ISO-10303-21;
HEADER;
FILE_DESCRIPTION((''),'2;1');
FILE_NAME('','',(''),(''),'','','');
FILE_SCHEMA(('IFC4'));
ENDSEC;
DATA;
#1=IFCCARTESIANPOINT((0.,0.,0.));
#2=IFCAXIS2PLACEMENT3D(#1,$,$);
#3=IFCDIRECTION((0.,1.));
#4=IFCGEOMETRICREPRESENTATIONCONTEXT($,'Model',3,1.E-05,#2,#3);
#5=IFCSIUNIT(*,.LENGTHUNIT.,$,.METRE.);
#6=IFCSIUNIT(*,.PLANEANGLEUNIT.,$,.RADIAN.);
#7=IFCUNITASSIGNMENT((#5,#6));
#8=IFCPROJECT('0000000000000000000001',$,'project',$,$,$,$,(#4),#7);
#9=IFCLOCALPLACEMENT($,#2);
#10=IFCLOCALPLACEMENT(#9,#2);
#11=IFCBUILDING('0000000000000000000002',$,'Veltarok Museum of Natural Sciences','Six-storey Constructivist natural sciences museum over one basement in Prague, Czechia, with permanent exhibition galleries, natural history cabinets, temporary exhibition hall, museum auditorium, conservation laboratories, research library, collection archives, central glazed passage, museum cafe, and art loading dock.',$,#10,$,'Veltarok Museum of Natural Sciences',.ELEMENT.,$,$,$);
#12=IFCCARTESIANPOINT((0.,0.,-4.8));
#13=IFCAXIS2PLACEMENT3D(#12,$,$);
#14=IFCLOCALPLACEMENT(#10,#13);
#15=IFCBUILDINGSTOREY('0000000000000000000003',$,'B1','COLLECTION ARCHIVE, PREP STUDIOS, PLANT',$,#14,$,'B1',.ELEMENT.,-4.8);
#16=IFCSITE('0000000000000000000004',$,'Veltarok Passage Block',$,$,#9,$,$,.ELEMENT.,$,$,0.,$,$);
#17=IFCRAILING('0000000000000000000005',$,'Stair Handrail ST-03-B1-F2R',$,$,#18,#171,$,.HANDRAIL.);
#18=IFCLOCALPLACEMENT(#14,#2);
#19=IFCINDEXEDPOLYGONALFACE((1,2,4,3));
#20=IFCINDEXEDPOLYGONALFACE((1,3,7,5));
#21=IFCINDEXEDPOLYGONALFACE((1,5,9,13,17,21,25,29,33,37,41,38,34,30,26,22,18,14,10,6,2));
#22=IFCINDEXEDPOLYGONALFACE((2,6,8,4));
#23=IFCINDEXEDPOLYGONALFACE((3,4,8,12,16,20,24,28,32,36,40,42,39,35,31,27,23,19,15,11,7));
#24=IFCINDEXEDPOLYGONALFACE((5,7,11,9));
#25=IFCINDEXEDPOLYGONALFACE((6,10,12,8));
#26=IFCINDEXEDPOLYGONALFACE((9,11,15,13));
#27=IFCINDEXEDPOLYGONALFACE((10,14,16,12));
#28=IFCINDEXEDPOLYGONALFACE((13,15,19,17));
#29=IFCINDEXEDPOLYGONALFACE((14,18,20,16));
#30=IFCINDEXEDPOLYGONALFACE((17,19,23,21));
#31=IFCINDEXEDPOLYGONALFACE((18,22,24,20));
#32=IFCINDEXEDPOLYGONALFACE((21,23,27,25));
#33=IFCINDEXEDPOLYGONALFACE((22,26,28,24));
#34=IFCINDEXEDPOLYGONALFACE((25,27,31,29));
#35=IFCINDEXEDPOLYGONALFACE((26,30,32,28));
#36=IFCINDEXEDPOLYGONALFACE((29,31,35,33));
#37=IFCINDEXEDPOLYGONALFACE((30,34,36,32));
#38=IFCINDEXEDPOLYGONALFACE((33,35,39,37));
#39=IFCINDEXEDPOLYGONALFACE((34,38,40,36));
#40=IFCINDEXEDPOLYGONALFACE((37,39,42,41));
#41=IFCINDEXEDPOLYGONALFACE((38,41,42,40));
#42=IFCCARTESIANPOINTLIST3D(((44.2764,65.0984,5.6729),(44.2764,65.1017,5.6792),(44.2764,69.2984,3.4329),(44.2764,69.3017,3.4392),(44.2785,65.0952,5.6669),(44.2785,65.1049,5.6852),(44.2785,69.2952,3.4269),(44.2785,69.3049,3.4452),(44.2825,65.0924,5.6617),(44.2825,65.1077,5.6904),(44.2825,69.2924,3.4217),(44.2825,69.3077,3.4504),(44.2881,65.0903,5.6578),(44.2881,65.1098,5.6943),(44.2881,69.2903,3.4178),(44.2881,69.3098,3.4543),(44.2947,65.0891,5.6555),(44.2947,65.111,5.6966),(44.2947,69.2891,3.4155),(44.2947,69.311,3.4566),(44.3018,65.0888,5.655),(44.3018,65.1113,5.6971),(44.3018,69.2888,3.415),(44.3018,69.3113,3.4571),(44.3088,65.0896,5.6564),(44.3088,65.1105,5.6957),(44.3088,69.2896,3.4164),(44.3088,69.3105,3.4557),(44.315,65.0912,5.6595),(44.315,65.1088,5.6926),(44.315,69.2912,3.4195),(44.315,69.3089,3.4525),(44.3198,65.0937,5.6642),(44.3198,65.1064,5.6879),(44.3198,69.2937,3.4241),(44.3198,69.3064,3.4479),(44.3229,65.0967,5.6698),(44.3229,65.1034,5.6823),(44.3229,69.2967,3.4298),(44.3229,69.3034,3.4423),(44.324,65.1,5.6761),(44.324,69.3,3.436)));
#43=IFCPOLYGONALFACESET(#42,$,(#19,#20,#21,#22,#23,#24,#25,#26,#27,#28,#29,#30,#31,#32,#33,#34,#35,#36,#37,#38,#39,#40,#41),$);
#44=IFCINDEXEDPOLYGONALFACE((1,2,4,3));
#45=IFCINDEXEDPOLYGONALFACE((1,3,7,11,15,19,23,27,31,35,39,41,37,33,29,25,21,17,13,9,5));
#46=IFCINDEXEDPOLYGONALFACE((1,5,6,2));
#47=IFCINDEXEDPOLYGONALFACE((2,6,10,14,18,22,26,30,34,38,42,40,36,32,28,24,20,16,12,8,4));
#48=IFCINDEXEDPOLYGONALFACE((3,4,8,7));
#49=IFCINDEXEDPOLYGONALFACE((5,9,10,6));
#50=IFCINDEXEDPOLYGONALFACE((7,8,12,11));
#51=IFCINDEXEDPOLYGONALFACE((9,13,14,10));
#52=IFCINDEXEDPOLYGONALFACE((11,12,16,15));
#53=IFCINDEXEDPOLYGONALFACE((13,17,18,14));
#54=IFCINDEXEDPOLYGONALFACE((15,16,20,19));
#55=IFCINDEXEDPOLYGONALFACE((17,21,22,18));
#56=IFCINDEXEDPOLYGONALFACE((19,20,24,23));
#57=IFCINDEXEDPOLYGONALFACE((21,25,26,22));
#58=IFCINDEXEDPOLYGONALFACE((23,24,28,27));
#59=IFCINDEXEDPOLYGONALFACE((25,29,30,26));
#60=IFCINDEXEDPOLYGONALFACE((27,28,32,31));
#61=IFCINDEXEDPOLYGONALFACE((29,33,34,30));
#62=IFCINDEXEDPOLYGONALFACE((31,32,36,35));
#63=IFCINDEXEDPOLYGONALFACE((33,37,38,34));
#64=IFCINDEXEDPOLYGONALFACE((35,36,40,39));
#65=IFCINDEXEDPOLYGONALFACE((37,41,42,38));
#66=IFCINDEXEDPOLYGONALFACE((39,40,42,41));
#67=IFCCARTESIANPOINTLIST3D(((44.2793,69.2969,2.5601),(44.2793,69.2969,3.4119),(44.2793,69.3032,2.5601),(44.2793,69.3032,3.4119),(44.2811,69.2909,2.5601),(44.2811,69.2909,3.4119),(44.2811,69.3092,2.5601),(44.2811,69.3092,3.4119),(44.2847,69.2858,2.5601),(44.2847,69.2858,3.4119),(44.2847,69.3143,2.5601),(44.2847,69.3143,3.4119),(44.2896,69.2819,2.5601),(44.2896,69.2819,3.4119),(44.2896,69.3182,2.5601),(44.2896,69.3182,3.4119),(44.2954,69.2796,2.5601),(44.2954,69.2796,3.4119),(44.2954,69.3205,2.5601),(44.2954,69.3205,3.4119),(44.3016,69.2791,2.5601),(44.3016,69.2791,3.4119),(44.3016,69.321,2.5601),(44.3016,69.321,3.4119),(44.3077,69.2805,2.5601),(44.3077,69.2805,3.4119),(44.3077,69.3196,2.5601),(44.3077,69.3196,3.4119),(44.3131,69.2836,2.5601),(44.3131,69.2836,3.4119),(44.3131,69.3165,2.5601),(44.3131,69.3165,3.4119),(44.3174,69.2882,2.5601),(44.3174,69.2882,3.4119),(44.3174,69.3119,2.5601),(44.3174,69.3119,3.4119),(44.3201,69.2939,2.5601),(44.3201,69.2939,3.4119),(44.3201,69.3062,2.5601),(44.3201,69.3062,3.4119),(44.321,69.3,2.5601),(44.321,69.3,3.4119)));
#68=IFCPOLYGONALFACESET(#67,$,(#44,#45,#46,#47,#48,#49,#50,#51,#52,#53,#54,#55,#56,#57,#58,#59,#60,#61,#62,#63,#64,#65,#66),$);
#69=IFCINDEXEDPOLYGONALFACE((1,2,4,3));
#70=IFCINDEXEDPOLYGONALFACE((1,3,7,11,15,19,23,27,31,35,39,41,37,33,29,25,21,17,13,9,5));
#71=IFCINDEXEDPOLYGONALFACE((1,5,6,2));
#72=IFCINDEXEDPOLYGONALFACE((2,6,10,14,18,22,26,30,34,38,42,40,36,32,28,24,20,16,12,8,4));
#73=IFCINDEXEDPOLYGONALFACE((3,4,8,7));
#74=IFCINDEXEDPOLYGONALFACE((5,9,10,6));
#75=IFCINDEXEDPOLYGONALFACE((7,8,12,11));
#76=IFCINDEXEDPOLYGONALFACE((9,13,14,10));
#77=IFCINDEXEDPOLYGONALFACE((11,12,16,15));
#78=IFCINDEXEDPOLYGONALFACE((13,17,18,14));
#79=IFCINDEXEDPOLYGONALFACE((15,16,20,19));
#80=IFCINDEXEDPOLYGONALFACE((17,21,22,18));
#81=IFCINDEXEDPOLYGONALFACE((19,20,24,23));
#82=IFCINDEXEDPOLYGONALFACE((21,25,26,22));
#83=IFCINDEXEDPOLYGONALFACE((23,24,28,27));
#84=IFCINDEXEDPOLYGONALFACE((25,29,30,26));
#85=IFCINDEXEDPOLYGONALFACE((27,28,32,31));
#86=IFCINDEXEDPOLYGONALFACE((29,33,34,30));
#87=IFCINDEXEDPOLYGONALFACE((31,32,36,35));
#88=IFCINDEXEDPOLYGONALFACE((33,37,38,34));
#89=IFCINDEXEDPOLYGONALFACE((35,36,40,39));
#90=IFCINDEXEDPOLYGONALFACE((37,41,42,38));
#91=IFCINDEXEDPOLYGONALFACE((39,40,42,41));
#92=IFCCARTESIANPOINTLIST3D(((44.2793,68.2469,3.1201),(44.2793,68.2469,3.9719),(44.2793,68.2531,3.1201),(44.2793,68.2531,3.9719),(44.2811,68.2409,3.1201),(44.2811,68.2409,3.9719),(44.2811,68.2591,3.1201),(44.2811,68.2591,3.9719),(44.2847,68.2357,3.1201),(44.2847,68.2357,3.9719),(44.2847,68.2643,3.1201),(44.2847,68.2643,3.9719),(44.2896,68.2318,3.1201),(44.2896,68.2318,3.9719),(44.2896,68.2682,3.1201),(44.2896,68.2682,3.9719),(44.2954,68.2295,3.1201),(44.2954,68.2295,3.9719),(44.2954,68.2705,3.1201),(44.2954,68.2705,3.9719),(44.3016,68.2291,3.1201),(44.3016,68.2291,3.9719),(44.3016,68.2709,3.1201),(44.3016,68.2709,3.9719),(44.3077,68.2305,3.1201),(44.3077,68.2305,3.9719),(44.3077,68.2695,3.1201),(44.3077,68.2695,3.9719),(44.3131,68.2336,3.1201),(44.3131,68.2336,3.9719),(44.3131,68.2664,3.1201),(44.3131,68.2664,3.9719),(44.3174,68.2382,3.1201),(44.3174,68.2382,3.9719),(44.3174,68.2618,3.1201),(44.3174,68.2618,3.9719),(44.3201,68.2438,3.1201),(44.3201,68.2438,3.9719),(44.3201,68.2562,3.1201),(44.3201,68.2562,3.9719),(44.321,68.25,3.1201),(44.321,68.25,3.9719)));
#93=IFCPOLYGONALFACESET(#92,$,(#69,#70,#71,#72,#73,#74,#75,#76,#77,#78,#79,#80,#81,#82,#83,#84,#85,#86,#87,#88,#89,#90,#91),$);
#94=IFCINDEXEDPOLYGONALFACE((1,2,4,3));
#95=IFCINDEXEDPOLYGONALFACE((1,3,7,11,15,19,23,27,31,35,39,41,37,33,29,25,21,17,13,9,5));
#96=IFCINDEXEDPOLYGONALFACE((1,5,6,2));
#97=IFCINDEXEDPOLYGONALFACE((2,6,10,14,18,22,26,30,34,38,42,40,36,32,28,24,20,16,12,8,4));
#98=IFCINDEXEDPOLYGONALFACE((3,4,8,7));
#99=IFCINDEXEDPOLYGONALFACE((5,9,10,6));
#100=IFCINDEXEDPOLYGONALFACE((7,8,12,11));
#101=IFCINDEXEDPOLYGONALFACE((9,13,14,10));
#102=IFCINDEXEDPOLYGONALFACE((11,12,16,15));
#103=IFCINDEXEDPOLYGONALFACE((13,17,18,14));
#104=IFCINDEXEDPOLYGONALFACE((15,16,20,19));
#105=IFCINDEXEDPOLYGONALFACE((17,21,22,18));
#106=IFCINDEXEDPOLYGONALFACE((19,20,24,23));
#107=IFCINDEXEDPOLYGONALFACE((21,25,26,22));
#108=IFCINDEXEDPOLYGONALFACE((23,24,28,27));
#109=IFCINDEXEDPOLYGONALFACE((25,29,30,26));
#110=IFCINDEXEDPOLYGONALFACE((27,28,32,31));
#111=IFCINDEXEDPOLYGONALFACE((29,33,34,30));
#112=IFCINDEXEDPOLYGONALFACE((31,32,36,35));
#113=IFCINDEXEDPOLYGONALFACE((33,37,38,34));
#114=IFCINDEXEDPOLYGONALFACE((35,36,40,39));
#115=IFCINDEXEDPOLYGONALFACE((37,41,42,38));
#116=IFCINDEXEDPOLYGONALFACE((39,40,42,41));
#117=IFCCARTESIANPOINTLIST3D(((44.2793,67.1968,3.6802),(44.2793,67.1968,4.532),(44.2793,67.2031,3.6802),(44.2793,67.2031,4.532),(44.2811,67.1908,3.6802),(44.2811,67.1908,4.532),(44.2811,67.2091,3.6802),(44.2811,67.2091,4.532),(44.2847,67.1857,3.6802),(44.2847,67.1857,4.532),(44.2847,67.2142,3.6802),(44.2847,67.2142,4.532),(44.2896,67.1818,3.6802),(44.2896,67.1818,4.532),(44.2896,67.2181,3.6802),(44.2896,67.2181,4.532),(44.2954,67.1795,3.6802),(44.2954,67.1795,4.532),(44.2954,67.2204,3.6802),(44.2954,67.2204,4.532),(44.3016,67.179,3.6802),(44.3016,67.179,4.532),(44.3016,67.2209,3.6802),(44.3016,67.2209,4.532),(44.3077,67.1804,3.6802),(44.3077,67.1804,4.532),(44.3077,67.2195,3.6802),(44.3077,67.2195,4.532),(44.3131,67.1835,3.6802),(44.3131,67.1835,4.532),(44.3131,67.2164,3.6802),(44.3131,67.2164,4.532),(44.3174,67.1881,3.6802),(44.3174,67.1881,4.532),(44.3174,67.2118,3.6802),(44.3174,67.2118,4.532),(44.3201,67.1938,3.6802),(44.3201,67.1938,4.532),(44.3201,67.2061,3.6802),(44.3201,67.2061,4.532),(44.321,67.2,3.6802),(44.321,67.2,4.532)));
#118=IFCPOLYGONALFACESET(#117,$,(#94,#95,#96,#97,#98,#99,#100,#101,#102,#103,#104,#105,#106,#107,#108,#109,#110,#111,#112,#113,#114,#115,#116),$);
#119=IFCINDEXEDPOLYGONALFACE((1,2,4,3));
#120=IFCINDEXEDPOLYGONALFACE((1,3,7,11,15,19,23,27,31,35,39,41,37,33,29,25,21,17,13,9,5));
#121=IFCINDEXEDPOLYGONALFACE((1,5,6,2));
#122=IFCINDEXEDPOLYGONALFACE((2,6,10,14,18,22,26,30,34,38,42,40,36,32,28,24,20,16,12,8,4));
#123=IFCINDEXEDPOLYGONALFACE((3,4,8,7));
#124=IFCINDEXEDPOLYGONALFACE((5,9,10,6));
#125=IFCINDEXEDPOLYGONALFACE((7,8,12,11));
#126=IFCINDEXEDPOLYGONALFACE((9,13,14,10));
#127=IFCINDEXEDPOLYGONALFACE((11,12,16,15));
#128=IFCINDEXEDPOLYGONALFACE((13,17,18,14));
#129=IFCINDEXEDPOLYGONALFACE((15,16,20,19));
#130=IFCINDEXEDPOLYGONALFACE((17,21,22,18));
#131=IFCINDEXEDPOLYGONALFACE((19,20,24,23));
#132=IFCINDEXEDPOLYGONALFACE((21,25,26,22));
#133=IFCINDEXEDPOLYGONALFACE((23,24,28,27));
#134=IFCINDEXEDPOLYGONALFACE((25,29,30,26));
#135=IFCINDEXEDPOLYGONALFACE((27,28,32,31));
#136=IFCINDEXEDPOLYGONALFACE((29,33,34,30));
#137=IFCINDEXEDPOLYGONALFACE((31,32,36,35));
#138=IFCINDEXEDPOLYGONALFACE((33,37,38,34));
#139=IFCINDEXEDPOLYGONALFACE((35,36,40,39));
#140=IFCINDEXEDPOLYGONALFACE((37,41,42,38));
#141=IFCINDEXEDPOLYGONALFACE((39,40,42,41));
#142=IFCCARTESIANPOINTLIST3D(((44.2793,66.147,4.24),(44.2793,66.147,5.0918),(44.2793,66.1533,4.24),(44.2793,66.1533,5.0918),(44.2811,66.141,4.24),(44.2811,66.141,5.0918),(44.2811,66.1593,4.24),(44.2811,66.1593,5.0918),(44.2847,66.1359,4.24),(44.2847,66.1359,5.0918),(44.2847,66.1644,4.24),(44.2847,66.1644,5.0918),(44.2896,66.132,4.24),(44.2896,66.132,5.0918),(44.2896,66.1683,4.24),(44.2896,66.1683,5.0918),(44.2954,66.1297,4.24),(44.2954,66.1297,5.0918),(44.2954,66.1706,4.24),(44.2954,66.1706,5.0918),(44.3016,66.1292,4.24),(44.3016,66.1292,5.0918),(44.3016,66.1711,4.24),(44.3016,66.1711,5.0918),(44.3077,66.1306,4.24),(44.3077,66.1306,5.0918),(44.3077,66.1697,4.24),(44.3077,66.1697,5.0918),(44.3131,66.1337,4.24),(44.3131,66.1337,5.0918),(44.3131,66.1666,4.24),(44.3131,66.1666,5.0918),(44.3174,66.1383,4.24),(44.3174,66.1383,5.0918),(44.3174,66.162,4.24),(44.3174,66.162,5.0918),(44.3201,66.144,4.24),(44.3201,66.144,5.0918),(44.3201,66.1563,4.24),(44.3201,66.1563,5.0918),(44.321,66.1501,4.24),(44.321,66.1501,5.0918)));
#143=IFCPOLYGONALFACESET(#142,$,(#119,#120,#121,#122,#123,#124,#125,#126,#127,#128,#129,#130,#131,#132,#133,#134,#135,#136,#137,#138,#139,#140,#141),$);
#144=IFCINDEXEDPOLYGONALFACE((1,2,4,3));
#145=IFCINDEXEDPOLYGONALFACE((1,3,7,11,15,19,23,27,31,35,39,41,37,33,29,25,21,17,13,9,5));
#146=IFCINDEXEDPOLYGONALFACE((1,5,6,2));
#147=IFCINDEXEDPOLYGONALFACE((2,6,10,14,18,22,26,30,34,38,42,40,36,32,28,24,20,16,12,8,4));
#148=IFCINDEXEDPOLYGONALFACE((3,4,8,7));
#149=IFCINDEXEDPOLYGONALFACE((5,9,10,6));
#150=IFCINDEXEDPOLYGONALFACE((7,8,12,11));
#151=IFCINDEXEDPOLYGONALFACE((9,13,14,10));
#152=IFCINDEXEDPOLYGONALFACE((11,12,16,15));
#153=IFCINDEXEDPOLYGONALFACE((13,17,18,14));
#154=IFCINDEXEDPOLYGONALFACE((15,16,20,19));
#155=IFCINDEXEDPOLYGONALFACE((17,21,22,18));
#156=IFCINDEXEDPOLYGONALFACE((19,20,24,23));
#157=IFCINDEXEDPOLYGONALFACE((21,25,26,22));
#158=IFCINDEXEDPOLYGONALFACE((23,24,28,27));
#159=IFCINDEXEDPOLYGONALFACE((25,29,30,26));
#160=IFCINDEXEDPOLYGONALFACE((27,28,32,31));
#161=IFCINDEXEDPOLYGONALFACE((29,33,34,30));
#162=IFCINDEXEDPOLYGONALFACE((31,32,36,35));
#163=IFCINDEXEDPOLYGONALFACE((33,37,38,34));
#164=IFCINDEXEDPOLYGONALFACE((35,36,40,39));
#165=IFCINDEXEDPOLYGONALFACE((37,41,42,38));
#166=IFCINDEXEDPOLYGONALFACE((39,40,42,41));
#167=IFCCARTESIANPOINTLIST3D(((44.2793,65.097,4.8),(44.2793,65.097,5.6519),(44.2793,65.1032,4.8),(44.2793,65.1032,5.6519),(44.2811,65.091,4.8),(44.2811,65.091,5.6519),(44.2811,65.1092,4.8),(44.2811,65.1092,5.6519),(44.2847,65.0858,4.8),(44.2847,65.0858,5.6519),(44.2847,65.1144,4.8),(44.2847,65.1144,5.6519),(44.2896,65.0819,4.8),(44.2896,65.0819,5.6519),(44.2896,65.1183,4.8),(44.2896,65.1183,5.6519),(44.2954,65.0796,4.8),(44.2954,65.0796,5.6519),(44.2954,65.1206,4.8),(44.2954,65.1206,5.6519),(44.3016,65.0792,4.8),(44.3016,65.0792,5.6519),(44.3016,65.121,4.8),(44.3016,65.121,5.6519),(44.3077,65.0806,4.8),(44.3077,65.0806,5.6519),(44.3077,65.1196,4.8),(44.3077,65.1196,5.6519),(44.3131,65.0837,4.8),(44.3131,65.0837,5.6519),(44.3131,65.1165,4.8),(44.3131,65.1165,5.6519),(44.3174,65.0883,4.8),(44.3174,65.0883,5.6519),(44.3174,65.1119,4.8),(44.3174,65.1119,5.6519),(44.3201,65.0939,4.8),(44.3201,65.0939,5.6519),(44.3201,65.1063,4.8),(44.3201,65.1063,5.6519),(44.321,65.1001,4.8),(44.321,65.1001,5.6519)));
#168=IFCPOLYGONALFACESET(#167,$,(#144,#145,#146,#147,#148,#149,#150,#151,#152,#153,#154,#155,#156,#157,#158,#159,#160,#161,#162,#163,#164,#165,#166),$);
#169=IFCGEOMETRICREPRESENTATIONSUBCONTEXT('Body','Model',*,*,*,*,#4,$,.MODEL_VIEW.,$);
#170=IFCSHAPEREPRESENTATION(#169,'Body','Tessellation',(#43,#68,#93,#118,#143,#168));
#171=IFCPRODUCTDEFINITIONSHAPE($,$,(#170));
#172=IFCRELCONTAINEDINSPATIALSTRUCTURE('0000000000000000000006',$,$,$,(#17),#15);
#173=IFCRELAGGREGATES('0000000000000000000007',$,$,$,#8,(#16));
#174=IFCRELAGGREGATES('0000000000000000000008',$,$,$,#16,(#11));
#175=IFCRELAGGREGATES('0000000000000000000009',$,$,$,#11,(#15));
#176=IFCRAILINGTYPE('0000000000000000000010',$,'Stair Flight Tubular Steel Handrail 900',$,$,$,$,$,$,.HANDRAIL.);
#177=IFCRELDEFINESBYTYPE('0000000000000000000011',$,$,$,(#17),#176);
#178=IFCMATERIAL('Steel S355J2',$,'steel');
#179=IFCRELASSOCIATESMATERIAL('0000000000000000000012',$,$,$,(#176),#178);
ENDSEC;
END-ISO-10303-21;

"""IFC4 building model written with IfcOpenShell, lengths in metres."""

from ifc_helpers import new_model, si_unit, direction, frame, origin, origin_2d, place, context, subcontext, project, spatial, circle, extrude, material, type_object, element, save


model = new_model("IFC4")

# Units and contexts
model_context = context("Model", 3, precision=1e-05, world=origin(), true_north=direction((0.0, 1.0)))
body_context = subcontext(model_context, "Body", "Model", "MODEL_VIEW")
ifc_project = project(units=[si_unit("LENGTHUNIT", "METRE"), si_unit("PLANEANGLEUNIT", "RADIAN")], contexts=[model_context])

# Site, building, storey
site_placement = place(None, origin())
site = spatial("IfcSite", under=ifc_project, at=site_placement, Name="Veltarok Passage Block", CompositionType="ELEMENT", RefElevation=0.0)
building_placement = place(site_placement, origin())
building = spatial("IfcBuilding", under=site, at=building_placement, Name="Veltarok Museum of Natural Sciences", Description="Six-storey Constructivist natural sciences museum over one basement in Prague, Czechia, with permanent exhibition galleries, natural history cabinets, temporary exhibition hall, museum auditorium, conservation laboratories, research library, collection archives, central glazed passage, museum cafe, and art loading dock.", LongName="Veltarok Museum of Natural Sciences", CompositionType="ELEMENT")
storey_placement = place(building_placement, frame((0.0, 0.0, -4.8)))
storey = spatial("IfcBuildingStorey", under=building, at=storey_placement, Name="B1", Description="COLLECTION ARCHIVE, PREP STUDIOS, PLANT", LongName="B1", CompositionType="ELEMENT", Elevation=-4.8)

# Shared definitions
ifc_material_1 = material(Name="Steel S355J2", Category="steel")

# Railing
railing_type_1 = type_object("IfcRailingType", Name="Stair Flight Tubular Steel Handrail 900", PredefinedType="HANDRAIL", material=ifc_material_1)
for number, where, name in (
    (1, (44.3, 69.3, 2.5601), "Stair Handrail ST-03-B1-F2R"),
):
    element("IfcRailing", number, at=place(storey_placement, frame(where)), inside=storey, type_object=railing_type_1, Name=name, PredefinedType="HANDRAIL", context=body_context, shape_type="SweptSolid", body=[
        extrude(circle(Radius=0.0239, at=origin_2d()), frame((0.0, 0.0, 0.876), z_axis=(0.0, -0.882352, 0.470591), x_axis=(1.0, 0.0, 0.0)), (0.0, 0.0, 1.0), 4.76),
        extrude(circle(Radius=0.021, at=origin_2d()), origin(), (0.0, 0.0, 1.0), 0.8518),
        extrude(circle(Radius=0.021, at=origin_2d()), frame((0.0, -1.05, 0.5601)), (0.0, 0.0, 1.0), 0.8518),
        extrude(circle(Radius=0.021, at=origin_2d()), frame((0.0, -2.1001, 1.1201)), (0.0, 0.0, 1.0), 0.8518),
        extrude(circle(Radius=0.021, at=origin_2d()), frame((0.0, -3.1499, 1.6799)), (0.0, 0.0, 1.0), 0.8518),
        extrude(circle(Radius=0.021, at=origin_2d()), frame((0.0, -4.2, 2.24)), (0.0, 0.0, 1.0), 0.8518),
    ])

save(model, "model.ifc")
